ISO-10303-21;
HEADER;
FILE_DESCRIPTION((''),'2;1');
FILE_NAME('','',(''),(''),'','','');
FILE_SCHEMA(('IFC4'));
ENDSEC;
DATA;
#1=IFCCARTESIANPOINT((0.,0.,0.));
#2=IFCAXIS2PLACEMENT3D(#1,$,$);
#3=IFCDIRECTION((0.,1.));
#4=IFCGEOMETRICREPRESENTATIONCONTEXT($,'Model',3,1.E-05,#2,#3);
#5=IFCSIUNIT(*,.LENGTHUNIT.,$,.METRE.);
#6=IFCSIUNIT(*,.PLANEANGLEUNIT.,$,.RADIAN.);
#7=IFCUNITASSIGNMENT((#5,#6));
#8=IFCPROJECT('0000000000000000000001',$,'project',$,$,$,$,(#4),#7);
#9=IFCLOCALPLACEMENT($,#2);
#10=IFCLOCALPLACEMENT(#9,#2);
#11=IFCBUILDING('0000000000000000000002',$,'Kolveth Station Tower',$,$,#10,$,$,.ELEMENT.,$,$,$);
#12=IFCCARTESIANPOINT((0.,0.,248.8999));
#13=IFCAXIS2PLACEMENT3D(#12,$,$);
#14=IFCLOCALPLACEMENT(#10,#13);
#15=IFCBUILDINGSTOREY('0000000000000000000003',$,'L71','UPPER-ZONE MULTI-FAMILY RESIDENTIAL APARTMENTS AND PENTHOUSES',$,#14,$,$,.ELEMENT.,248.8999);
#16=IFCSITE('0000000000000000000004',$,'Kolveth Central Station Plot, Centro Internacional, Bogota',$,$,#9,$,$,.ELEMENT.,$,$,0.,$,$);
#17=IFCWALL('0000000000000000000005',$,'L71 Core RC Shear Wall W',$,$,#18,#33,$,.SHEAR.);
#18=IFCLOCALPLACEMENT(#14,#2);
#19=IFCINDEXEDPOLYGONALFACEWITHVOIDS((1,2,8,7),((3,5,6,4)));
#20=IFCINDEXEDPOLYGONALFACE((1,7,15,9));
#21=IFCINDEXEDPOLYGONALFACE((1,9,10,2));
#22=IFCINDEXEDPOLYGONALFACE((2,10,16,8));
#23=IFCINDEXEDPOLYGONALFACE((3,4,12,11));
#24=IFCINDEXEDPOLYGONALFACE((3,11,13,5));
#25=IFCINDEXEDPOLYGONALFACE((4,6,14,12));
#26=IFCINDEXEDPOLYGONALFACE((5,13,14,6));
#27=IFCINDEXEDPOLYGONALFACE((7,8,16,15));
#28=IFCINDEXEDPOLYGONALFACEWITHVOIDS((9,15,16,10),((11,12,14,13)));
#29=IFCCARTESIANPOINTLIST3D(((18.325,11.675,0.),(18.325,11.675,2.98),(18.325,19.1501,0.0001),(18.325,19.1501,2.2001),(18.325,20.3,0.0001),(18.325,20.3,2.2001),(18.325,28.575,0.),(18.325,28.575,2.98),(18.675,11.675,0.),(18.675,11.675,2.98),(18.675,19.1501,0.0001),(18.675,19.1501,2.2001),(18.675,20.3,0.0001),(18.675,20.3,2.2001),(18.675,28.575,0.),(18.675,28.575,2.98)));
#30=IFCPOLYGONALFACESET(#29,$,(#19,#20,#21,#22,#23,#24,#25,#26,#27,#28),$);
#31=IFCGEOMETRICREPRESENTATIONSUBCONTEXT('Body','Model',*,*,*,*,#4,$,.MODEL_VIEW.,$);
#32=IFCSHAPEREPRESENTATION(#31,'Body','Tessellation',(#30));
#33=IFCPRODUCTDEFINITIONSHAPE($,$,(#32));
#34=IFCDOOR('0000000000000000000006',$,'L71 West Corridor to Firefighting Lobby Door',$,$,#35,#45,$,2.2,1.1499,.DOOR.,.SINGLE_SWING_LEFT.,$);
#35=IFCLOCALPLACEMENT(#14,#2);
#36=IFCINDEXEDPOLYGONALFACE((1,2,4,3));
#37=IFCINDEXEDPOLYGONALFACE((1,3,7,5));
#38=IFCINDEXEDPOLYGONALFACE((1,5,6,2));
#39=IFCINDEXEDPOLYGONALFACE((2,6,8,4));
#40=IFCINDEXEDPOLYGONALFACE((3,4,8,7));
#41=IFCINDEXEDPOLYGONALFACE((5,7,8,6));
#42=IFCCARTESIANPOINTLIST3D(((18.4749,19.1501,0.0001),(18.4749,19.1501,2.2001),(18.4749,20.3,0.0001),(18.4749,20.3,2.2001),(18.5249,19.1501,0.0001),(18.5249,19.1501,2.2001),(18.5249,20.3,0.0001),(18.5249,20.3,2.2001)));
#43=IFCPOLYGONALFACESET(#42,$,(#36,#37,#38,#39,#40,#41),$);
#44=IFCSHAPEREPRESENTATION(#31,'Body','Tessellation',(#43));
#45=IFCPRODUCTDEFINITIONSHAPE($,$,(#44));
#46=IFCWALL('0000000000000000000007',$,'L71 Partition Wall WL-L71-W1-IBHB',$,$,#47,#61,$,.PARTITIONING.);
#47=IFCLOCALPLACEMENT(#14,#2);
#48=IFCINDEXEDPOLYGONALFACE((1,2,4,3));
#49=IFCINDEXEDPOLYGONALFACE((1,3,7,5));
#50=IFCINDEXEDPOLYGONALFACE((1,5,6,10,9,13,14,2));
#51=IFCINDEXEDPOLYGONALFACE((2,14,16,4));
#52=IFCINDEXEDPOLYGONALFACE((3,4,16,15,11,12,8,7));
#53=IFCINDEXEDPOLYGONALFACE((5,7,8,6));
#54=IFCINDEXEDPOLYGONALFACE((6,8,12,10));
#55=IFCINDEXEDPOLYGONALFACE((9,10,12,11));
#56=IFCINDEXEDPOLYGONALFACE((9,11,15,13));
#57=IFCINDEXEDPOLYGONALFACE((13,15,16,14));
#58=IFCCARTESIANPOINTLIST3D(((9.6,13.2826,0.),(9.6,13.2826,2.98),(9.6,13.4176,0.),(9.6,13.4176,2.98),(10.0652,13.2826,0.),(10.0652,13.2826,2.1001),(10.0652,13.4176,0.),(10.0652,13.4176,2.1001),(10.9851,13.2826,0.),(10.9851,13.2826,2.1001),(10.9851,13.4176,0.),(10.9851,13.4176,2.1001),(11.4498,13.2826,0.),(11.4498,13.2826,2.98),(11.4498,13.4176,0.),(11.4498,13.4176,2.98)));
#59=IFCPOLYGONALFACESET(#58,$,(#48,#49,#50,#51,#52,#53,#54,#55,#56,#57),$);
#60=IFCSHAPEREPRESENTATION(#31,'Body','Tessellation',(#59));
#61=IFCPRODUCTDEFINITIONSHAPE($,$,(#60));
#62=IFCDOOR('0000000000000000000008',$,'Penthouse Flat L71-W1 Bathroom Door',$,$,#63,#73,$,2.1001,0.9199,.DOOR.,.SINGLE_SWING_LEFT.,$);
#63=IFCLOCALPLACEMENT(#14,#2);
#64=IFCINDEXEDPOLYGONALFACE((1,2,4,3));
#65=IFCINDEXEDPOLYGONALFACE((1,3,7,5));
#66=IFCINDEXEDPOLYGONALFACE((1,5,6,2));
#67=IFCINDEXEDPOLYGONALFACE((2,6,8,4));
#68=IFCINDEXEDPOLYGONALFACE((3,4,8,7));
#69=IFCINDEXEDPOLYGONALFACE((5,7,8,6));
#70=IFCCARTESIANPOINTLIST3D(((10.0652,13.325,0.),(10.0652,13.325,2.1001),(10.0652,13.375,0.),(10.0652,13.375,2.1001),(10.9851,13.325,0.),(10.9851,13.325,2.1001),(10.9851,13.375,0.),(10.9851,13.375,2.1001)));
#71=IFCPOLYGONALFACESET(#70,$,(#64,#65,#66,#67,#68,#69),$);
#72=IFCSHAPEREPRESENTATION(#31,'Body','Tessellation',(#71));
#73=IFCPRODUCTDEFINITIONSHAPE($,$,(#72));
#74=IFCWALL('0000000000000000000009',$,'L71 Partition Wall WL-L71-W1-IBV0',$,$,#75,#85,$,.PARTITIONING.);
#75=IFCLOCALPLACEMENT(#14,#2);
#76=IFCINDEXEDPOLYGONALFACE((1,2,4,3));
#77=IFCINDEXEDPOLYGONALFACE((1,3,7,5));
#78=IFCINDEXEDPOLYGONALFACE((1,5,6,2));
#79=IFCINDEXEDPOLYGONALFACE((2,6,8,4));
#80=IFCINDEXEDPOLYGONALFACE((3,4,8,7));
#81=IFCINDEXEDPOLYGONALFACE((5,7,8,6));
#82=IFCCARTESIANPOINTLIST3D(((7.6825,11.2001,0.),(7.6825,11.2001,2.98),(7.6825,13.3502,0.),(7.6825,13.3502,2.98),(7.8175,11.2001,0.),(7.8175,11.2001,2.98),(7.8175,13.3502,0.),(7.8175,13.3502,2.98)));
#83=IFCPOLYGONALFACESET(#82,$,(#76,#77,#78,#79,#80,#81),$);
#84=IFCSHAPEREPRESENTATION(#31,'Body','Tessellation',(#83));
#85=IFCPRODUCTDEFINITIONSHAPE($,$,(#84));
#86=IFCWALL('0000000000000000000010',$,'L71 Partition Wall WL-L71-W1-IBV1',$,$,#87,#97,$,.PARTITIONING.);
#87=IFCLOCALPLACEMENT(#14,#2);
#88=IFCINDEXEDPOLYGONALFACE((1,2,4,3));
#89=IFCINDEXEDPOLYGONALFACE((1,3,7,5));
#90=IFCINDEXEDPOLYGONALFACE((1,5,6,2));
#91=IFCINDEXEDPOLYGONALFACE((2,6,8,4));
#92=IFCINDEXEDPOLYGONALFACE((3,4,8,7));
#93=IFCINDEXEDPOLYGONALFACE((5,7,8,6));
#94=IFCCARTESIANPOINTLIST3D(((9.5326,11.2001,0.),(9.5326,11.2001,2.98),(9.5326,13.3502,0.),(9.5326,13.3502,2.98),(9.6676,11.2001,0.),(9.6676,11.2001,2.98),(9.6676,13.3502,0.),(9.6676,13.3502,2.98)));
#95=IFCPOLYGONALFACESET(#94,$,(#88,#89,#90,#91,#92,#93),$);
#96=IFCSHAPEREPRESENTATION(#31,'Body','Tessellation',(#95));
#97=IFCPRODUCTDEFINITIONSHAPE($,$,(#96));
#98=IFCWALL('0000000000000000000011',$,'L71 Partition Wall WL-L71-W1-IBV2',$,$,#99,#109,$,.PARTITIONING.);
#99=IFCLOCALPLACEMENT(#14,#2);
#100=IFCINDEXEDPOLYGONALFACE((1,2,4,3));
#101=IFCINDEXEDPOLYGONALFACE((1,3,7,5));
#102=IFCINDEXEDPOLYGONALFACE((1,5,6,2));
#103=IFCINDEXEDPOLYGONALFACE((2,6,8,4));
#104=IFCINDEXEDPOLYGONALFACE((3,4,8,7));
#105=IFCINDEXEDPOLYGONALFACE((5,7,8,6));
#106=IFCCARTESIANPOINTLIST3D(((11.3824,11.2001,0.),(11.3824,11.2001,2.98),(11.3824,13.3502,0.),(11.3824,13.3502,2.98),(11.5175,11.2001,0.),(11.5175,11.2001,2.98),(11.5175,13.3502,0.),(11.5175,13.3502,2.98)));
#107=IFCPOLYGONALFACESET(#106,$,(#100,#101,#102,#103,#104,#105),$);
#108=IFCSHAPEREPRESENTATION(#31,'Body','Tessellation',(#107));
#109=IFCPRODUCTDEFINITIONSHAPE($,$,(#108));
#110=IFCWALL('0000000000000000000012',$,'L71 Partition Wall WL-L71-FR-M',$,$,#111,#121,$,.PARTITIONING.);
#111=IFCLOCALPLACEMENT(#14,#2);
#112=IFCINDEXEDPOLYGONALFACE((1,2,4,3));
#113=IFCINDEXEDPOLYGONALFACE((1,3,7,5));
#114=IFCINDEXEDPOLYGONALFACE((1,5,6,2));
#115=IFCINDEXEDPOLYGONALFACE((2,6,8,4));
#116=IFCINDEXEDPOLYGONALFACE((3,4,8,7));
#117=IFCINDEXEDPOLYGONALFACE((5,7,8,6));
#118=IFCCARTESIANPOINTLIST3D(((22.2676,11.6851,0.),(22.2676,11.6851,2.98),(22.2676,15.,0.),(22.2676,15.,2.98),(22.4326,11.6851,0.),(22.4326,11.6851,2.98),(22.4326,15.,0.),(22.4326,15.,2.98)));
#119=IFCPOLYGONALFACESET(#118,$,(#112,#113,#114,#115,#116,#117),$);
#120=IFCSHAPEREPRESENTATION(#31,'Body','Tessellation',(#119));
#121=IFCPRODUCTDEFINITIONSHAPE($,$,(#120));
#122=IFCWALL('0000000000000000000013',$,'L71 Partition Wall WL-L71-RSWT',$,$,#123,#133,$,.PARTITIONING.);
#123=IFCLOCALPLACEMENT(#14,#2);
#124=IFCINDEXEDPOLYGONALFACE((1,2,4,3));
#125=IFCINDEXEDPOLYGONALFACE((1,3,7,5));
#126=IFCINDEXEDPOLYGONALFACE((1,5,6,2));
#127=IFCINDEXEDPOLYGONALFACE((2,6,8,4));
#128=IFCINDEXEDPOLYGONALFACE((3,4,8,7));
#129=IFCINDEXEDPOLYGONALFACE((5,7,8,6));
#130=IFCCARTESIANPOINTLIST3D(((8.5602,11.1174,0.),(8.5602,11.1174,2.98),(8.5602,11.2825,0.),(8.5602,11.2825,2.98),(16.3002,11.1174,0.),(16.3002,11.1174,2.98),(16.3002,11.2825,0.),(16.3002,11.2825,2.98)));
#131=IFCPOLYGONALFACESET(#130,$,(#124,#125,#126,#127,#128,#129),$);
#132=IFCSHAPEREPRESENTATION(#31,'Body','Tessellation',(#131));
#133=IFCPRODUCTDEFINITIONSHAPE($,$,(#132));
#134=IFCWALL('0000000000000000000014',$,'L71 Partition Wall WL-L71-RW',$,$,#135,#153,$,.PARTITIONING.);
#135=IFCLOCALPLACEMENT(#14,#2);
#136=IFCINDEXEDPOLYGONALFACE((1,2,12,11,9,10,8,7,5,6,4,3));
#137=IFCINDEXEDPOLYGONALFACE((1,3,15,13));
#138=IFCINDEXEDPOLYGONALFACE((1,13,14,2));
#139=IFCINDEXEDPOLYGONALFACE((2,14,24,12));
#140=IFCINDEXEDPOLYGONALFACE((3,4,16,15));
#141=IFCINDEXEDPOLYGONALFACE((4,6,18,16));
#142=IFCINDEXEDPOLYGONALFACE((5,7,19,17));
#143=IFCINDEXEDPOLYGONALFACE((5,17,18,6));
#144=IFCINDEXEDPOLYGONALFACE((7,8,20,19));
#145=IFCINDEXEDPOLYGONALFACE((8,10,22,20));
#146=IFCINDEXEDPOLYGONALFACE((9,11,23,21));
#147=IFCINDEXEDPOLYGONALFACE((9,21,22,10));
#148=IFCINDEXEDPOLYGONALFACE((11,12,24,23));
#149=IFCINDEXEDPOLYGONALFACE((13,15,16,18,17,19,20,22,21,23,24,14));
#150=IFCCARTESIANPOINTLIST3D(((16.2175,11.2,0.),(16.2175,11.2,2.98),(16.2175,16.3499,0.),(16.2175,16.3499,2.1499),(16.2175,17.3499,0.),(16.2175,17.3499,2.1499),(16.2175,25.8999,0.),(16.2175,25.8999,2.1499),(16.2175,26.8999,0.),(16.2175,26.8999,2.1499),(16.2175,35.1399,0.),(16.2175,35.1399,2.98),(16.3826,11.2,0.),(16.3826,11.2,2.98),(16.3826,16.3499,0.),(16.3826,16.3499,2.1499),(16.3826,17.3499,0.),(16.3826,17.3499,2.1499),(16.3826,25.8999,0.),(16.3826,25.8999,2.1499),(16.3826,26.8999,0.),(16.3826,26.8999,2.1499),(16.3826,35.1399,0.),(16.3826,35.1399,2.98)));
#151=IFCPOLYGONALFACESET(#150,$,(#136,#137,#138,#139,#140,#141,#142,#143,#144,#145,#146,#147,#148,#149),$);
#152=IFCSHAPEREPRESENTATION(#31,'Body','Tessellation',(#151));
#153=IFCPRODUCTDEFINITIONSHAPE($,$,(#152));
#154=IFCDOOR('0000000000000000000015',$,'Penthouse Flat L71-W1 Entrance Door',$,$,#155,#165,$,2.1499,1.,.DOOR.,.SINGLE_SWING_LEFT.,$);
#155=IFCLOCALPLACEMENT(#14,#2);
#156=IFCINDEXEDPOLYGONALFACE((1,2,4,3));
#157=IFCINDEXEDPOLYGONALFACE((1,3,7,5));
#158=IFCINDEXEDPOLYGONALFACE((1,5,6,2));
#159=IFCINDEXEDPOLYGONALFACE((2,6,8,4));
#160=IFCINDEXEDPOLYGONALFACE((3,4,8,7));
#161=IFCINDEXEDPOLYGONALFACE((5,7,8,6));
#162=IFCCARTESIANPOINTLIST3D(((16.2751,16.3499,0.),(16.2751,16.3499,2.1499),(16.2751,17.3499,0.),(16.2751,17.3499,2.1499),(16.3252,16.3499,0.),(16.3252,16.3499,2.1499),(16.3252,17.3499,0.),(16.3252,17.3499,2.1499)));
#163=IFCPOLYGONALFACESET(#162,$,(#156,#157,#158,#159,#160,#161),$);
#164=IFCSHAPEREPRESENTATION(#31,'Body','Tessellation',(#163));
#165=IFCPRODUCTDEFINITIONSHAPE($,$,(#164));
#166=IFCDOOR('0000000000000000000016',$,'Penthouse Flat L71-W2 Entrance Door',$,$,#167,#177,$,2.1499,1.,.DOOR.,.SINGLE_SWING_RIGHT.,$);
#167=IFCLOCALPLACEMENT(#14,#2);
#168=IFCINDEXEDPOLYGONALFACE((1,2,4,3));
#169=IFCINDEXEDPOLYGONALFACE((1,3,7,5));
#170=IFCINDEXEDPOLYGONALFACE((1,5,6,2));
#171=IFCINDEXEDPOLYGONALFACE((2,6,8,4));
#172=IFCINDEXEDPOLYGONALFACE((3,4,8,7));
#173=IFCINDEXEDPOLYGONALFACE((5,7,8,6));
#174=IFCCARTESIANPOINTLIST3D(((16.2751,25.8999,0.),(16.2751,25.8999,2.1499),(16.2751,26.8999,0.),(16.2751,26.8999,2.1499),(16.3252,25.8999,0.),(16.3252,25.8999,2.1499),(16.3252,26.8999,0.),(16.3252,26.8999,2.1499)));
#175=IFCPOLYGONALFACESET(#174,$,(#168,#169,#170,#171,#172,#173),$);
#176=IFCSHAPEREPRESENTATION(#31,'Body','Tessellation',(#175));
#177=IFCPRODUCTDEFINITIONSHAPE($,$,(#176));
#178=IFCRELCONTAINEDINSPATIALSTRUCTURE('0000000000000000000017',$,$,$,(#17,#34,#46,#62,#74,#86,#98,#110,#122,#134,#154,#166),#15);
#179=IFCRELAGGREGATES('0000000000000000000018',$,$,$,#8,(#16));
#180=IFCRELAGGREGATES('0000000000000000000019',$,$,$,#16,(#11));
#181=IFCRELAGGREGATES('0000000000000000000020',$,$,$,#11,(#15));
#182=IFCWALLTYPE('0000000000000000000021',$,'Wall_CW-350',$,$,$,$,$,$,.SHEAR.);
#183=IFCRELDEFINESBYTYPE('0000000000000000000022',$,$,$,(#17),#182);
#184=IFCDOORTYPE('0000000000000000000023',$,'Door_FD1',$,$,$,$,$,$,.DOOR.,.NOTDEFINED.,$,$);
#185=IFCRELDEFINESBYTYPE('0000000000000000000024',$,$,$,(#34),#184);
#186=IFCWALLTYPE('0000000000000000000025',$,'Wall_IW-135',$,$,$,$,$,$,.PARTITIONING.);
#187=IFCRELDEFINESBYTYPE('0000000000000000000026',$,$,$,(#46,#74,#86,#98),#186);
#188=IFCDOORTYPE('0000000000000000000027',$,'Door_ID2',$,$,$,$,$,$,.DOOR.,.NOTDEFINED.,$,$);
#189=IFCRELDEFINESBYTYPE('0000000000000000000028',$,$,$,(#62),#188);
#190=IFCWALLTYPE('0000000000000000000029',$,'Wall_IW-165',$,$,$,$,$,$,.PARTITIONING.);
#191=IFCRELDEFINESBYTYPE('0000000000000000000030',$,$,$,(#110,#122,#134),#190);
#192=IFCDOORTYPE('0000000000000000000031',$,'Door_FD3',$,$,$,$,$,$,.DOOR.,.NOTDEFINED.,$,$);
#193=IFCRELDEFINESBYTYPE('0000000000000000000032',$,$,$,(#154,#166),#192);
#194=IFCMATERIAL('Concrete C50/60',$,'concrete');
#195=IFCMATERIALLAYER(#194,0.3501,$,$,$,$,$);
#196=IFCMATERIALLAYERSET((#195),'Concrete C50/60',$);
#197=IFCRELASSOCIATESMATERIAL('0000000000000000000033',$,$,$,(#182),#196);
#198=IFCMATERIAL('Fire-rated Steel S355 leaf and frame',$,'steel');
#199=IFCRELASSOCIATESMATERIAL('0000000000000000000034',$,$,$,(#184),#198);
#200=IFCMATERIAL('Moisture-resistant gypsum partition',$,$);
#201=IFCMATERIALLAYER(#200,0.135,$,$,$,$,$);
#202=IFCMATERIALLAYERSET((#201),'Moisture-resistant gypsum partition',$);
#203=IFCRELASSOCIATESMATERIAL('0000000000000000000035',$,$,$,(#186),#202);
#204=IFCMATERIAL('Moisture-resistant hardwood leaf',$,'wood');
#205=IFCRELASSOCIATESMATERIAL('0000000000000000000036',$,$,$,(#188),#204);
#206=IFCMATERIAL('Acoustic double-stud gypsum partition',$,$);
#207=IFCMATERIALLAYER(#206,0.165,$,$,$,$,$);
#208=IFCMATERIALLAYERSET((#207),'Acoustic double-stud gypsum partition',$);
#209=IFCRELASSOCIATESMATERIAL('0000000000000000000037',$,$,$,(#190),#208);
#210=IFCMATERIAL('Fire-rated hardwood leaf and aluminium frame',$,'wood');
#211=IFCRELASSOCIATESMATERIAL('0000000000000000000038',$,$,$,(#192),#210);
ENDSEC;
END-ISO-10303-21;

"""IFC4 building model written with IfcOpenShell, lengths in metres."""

from ifc_helpers import new_model, si_unit, direction, frame, frame_2d, origin, place, context, subcontext, project, spatial, rectangle, extrude, material, layer, layer_set, type_object, element, fill, save


model = new_model("IFC4")

# Units and contexts
model_context = context("Model", 3, precision=1e-05, world=origin(), true_north=direction((0.0, 1.0)))
body_context = subcontext(model_context, "Body", "Model", "MODEL_VIEW")
ifc_project = project(units=[si_unit("LENGTHUNIT", "METRE"), si_unit("PLANEANGLEUNIT", "RADIAN")], contexts=[model_context])

# Site, building, storey
site_placement = place(None, origin())
site = spatial("IfcSite", under=ifc_project, at=site_placement, Name="Kolveth Central Station Plot, Centro Internacional, Bogota", CompositionType="ELEMENT", RefElevation=0.0)
building_placement = place(site_placement, origin())
building = spatial("IfcBuilding", under=site, at=building_placement, Name="Kolveth Station Tower", CompositionType="ELEMENT")
storey_placement = place(building_placement, frame((0.0, 0.0, 248.8999)))
storey = spatial("IfcBuildingStorey", under=building, at=storey_placement, Name="L71", Description="UPPER-ZONE MULTI-FAMILY RESIDENTIAL APARTMENTS AND PENTHOUSES", CompositionType="ELEMENT", Elevation=248.8999)

# Shared definitions
ifc_material_1 = material(Name="Concrete C50/60", Category="concrete")
ifc_layer_1 = layer(ifc_material_1, 0.3501)
ifc_layer_set_1 = layer_set([ifc_layer_1], Name="Concrete C50/60")
wall_type_1 = type_object("IfcWallType", Name="Wall_CW-350", PredefinedType="SHEAR", material=ifc_layer_set_1)

# Walls, openings, doors
wall_1_placement = place(storey_placement, frame((18.5, 11.675, 0.0), z_axis=(0.0, 0.0, 1.0), x_axis=(0.0, 1.0, 0.0)))
wall_1 = element("IfcWall", 1, at=wall_1_placement, inside=storey, type_object=wall_type_1, Name="L71 Core RC Shear Wall W", PredefinedType="SHEAR", context=body_context, shape_type="SweptSolid", body=[
    extrude(rectangle(XDim=16.8999, YDim=0.3501, at=frame_2d((8.45, 0.0))), origin(), (0.0, 0.0, 1.0), 2.98),
])
opening_1_placement = place(wall_1_placement, frame((7.4751, 0.0, 0.0)))
opening_1 = element("IfcOpeningElement", 2, at=opening_1_placement, cuts=wall_1, PredefinedType="OPENING", context=body_context, shape_type="SweptSolid", body=[
    extrude(rectangle(XDim=1.1499, YDim=2.2, at=frame_2d((0.575, 1.1001))), frame((0.0, 0.1851, 0.0), z_axis=(0.0, -1.0, 0.0), x_axis=(1.0, 0.0, 0.0)), (0.0, 0.0, 1.0), 0.3701),
])
ifc_material_2 = material(Name="Fire-rated Steel S355 leaf and frame", Category="steel")
door_type_1 = type_object("IfcDoorType", Name="Door_FD1", OperationType="NOTDEFINED", PredefinedType="DOOR", material=ifc_material_2)
door_1_placement = place(opening_1_placement, frame((1.1499, 0.0, 0.0), z_axis=(0.0, 0.0, 1.0), x_axis=(-1.0, 0.0, 0.0)))
door_1 = element("IfcDoor", 3, at=door_1_placement, inside=storey, type_object=door_type_1, Name="L71 West Corridor to Firefighting Lobby Door", OperationType="SINGLE_SWING_LEFT", OverallHeight=2.2, OverallWidth=1.1499, PredefinedType="DOOR", context=body_context, shape_type="SweptSolid", body=[
    extrude(rectangle(XDim=1.1499, YDim=2.2, at=frame_2d((0.575, 1.1001))), frame((0.0, 0.0249, 0.0), z_axis=(0.0, -1.0, 0.0), x_axis=(1.0, 0.0, 0.0)), (0.0, 0.0, 1.0), 0.05),
])
fill(opening_1, door_1)
ifc_material_3 = material(Name="Moisture-resistant gypsum partition")
ifc_layer_2 = layer(ifc_material_3, 0.135)
ifc_layer_set_2 = layer_set([ifc_layer_2], Name="Moisture-resistant gypsum partition")
wall_type_2 = type_object("IfcWallType", Name="Wall_IW-135", PredefinedType="PARTITIONING", material=ifc_layer_set_2)
wall_2_placement = place(storey_placement, frame((9.6001, 13.3501, 0.0), z_axis=(0.0, 0.0, 1.0), x_axis=(1.0, 0.0, 0.0)))
wall_2 = element("IfcWall", 4, at=wall_2_placement, inside=storey, type_object=wall_type_2, Name="L71 Partition Wall WL-L71-W1-IBHB", PredefinedType="PARTITIONING", context=body_context, shape_type="SweptSolid", body=[
    extrude(rectangle(XDim=1.8499, YDim=0.135, at=frame_2d((0.9248, 0.0))), origin(), (0.0, 0.0, 1.0), 2.98),
])
opening_2_placement = place(wall_2_placement, frame((0.4651, 0.0, 0.0)))
opening_2 = element("IfcOpeningElement", 5, at=opening_2_placement, cuts=wall_2, PredefinedType="OPENING", context=body_context, shape_type="SweptSolid", body=[
    extrude(rectangle(XDim=0.9199, YDim=2.1001, at=frame_2d((0.46, 1.05))), frame((0.0, 0.0774, 0.0), z_axis=(0.0, -1.0, 0.0), x_axis=(1.0, 0.0, 0.0)), (0.0, 0.0, 1.0), 0.155),
])
ifc_material_4 = material(Name="Moisture-resistant hardwood leaf", Category="wood")
door_type_2 = type_object("IfcDoorType", Name="Door_ID2", OperationType="NOTDEFINED", PredefinedType="DOOR", material=ifc_material_4)
door_2_placement = place(opening_2_placement, origin())
door_2 = element("IfcDoor", 6, at=door_2_placement, inside=storey, type_object=door_type_2, Name="Penthouse Flat L71-W1 Bathroom Door", OperationType="SINGLE_SWING_LEFT", OverallHeight=2.1001, OverallWidth=0.9199, PredefinedType="DOOR", context=body_context, shape_type="SweptSolid", body=[
    extrude(rectangle(XDim=0.9199, YDim=2.1001, at=frame_2d((0.46, 1.05))), frame((0.0, 0.0249, 0.0), z_axis=(0.0, -1.0, 0.0), x_axis=(1.0, 0.0, 0.0)), (0.0, 0.0, 1.0), 0.05),
])
fill(opening_2, door_2)

# Walls
for number, where, z_axis, x_axis, name in (
    (7, (7.75, 11.2, 0.0), (0.0, 0.0, 1.0), (0.0, 1.0, 0.0), "L71 Partition Wall WL-L71-W1-IBV0"),
    (8, (9.6001, 11.2, 0.0), (0.0, 0.0, 1.0), (0.0, 1.0, 0.0), "L71 Partition Wall WL-L71-W1-IBV1"),
    (9, (11.45, 11.2, 0.0), (0.0, 0.0, 1.0), (0.0, 1.0, 0.0), "L71 Partition Wall WL-L71-W1-IBV2"),
):
    element("IfcWall", number, at=place(storey_placement, frame(where, z_axis=z_axis, x_axis=x_axis)), inside=storey, type_object=wall_type_2, Name=name, PredefinedType="PARTITIONING", context=body_context, shape_type="SweptSolid", body=[
        extrude(rectangle(XDim=2.1501, YDim=0.135, at=frame_2d((1.0752, 0.0))), origin(), (0.0, 0.0, 1.0), 2.98),
    ])
ifc_material_5 = material(Name="Acoustic double-stud gypsum partition")
ifc_layer_3 = layer(ifc_material_5, 0.165)
ifc_layer_set_3 = layer_set([ifc_layer_3], Name="Acoustic double-stud gypsum partition")
wall_type_3 = type_object("IfcWallType", Name="Wall_IW-165", PredefinedType="PARTITIONING", material=ifc_layer_set_3)
wall_3_placement = place(storey_placement, frame((22.3501, 11.6851, 0.0), z_axis=(0.0, 0.0, 1.0), x_axis=(0.0, 1.0, 0.0)))
element("IfcWall", 10, at=wall_3_placement, inside=storey, type_object=wall_type_3, Name="L71 Partition Wall WL-L71-FR-M", PredefinedType="PARTITIONING", context=body_context, shape_type="SweptSolid", body=[
    extrude(rectangle(XDim=3.3149, YDim=0.165, at=frame_2d((1.6575, 0.0))), origin(), (0.0, 0.0, 1.0), 2.98),
])
wall_4_placement = place(storey_placement, frame((8.5601, 11.2, 0.0), z_axis=(0.0, 0.0, 1.0), x_axis=(1.0, 0.0, 0.0)))
element("IfcWall", 11, at=wall_4_placement, inside=storey, type_object=wall_type_3, Name="L71 Partition Wall WL-L71-RSWT", PredefinedType="PARTITIONING", context=body_context, shape_type="SweptSolid", body=[
    extrude(rectangle(XDim=7.74, YDim=0.165, at=frame_2d((3.8701, 0.0))), origin(), (0.0, 0.0, 1.0), 2.98),
])

# Wall, openings, doors
wall_5_placement = place(storey_placement, frame((16.3, 11.2, 0.0), z_axis=(0.0, 0.0, 1.0), x_axis=(0.0, 1.0, 0.0)))
wall_5 = element("IfcWall", 12, at=wall_5_placement, inside=storey, type_object=wall_type_3, Name="L71 Partition Wall WL-L71-RW", PredefinedType="PARTITIONING", context=body_context, shape_type="SweptSolid", body=[
    extrude(rectangle(XDim=23.9399, YDim=0.165, at=frame_2d((11.97, 0.0))), origin(), (0.0, 0.0, 1.0), 2.98),
])
opening_3_placement = place(wall_5_placement, frame((5.1499, 0.0, 0.0)))
opening_3 = element("IfcOpeningElement", 13, at=opening_3_placement, cuts=wall_5, PredefinedType="OPENING", context=body_context, shape_type="SweptSolid", body=[
    extrude(rectangle(XDim=1.0, YDim=2.1499, at=frame_2d((0.5, 1.075))), frame((0.0, 0.0925, 0.0), z_axis=(0.0, -1.0, 0.0), x_axis=(1.0, 0.0, 0.0)), (0.0, 0.0, 1.0), 0.1851),
])
opening_4_placement = place(wall_5_placement, frame((14.7, 0.0, 0.0)))
opening_4 = element("IfcOpeningElement", 14, at=opening_4_placement, cuts=wall_5, PredefinedType="OPENING", context=body_context, shape_type="SweptSolid", body=[
    extrude(rectangle(XDim=1.0, YDim=2.1499, at=frame_2d((0.5, 1.075))), frame((0.0, 0.0925, 0.0), z_axis=(0.0, -1.0, 0.0), x_axis=(1.0, 0.0, 0.0)), (0.0, 0.0, 1.0), 0.1851),
])
ifc_material_6 = material(Name="Fire-rated hardwood leaf and aluminium frame", Category="wood")
door_type_3 = type_object("IfcDoorType", Name="Door_FD3", OperationType="NOTDEFINED", PredefinedType="DOOR", material=ifc_material_6)
door_3_placement = place(opening_3_placement, origin())
door_3 = element("IfcDoor", 15, at=door_3_placement, inside=storey, type_object=door_type_3, Name="Penthouse Flat L71-W1 Entrance Door", OperationType="SINGLE_SWING_LEFT", OverallHeight=2.1499, OverallWidth=1.0, PredefinedType="DOOR", context=body_context, shape_type="SweptSolid", body=[
    extrude(rectangle(XDim=1.0, YDim=2.1499, at=frame_2d((0.5, 1.075))), frame((0.0, 0.0249, 0.0), z_axis=(0.0, -1.0, 0.0), x_axis=(1.0, 0.0, 0.0)), (0.0, 0.0, 1.0), 0.05),
])
fill(opening_3, door_3)
door_4_placement = place(opening_4_placement, origin())
door_4 = element("IfcDoor", 16, at=door_4_placement, inside=storey, type_object=door_type_3, Name="Penthouse Flat L71-W2 Entrance Door", OperationType="SINGLE_SWING_RIGHT", OverallHeight=2.1499, OverallWidth=1.0, PredefinedType="DOOR", context=body_context, shape_type="SweptSolid", body=[
    extrude(rectangle(XDim=1.0, YDim=2.1499, at=frame_2d((0.5, 1.075))), frame((0.0, 0.0249, 0.0), z_axis=(0.0, -1.0, 0.0), x_axis=(1.0, 0.0, 0.0)), (0.0, 0.0, 1.0), 0.05),
])
fill(opening_4, door_4)

save(model, "model.ifc")
